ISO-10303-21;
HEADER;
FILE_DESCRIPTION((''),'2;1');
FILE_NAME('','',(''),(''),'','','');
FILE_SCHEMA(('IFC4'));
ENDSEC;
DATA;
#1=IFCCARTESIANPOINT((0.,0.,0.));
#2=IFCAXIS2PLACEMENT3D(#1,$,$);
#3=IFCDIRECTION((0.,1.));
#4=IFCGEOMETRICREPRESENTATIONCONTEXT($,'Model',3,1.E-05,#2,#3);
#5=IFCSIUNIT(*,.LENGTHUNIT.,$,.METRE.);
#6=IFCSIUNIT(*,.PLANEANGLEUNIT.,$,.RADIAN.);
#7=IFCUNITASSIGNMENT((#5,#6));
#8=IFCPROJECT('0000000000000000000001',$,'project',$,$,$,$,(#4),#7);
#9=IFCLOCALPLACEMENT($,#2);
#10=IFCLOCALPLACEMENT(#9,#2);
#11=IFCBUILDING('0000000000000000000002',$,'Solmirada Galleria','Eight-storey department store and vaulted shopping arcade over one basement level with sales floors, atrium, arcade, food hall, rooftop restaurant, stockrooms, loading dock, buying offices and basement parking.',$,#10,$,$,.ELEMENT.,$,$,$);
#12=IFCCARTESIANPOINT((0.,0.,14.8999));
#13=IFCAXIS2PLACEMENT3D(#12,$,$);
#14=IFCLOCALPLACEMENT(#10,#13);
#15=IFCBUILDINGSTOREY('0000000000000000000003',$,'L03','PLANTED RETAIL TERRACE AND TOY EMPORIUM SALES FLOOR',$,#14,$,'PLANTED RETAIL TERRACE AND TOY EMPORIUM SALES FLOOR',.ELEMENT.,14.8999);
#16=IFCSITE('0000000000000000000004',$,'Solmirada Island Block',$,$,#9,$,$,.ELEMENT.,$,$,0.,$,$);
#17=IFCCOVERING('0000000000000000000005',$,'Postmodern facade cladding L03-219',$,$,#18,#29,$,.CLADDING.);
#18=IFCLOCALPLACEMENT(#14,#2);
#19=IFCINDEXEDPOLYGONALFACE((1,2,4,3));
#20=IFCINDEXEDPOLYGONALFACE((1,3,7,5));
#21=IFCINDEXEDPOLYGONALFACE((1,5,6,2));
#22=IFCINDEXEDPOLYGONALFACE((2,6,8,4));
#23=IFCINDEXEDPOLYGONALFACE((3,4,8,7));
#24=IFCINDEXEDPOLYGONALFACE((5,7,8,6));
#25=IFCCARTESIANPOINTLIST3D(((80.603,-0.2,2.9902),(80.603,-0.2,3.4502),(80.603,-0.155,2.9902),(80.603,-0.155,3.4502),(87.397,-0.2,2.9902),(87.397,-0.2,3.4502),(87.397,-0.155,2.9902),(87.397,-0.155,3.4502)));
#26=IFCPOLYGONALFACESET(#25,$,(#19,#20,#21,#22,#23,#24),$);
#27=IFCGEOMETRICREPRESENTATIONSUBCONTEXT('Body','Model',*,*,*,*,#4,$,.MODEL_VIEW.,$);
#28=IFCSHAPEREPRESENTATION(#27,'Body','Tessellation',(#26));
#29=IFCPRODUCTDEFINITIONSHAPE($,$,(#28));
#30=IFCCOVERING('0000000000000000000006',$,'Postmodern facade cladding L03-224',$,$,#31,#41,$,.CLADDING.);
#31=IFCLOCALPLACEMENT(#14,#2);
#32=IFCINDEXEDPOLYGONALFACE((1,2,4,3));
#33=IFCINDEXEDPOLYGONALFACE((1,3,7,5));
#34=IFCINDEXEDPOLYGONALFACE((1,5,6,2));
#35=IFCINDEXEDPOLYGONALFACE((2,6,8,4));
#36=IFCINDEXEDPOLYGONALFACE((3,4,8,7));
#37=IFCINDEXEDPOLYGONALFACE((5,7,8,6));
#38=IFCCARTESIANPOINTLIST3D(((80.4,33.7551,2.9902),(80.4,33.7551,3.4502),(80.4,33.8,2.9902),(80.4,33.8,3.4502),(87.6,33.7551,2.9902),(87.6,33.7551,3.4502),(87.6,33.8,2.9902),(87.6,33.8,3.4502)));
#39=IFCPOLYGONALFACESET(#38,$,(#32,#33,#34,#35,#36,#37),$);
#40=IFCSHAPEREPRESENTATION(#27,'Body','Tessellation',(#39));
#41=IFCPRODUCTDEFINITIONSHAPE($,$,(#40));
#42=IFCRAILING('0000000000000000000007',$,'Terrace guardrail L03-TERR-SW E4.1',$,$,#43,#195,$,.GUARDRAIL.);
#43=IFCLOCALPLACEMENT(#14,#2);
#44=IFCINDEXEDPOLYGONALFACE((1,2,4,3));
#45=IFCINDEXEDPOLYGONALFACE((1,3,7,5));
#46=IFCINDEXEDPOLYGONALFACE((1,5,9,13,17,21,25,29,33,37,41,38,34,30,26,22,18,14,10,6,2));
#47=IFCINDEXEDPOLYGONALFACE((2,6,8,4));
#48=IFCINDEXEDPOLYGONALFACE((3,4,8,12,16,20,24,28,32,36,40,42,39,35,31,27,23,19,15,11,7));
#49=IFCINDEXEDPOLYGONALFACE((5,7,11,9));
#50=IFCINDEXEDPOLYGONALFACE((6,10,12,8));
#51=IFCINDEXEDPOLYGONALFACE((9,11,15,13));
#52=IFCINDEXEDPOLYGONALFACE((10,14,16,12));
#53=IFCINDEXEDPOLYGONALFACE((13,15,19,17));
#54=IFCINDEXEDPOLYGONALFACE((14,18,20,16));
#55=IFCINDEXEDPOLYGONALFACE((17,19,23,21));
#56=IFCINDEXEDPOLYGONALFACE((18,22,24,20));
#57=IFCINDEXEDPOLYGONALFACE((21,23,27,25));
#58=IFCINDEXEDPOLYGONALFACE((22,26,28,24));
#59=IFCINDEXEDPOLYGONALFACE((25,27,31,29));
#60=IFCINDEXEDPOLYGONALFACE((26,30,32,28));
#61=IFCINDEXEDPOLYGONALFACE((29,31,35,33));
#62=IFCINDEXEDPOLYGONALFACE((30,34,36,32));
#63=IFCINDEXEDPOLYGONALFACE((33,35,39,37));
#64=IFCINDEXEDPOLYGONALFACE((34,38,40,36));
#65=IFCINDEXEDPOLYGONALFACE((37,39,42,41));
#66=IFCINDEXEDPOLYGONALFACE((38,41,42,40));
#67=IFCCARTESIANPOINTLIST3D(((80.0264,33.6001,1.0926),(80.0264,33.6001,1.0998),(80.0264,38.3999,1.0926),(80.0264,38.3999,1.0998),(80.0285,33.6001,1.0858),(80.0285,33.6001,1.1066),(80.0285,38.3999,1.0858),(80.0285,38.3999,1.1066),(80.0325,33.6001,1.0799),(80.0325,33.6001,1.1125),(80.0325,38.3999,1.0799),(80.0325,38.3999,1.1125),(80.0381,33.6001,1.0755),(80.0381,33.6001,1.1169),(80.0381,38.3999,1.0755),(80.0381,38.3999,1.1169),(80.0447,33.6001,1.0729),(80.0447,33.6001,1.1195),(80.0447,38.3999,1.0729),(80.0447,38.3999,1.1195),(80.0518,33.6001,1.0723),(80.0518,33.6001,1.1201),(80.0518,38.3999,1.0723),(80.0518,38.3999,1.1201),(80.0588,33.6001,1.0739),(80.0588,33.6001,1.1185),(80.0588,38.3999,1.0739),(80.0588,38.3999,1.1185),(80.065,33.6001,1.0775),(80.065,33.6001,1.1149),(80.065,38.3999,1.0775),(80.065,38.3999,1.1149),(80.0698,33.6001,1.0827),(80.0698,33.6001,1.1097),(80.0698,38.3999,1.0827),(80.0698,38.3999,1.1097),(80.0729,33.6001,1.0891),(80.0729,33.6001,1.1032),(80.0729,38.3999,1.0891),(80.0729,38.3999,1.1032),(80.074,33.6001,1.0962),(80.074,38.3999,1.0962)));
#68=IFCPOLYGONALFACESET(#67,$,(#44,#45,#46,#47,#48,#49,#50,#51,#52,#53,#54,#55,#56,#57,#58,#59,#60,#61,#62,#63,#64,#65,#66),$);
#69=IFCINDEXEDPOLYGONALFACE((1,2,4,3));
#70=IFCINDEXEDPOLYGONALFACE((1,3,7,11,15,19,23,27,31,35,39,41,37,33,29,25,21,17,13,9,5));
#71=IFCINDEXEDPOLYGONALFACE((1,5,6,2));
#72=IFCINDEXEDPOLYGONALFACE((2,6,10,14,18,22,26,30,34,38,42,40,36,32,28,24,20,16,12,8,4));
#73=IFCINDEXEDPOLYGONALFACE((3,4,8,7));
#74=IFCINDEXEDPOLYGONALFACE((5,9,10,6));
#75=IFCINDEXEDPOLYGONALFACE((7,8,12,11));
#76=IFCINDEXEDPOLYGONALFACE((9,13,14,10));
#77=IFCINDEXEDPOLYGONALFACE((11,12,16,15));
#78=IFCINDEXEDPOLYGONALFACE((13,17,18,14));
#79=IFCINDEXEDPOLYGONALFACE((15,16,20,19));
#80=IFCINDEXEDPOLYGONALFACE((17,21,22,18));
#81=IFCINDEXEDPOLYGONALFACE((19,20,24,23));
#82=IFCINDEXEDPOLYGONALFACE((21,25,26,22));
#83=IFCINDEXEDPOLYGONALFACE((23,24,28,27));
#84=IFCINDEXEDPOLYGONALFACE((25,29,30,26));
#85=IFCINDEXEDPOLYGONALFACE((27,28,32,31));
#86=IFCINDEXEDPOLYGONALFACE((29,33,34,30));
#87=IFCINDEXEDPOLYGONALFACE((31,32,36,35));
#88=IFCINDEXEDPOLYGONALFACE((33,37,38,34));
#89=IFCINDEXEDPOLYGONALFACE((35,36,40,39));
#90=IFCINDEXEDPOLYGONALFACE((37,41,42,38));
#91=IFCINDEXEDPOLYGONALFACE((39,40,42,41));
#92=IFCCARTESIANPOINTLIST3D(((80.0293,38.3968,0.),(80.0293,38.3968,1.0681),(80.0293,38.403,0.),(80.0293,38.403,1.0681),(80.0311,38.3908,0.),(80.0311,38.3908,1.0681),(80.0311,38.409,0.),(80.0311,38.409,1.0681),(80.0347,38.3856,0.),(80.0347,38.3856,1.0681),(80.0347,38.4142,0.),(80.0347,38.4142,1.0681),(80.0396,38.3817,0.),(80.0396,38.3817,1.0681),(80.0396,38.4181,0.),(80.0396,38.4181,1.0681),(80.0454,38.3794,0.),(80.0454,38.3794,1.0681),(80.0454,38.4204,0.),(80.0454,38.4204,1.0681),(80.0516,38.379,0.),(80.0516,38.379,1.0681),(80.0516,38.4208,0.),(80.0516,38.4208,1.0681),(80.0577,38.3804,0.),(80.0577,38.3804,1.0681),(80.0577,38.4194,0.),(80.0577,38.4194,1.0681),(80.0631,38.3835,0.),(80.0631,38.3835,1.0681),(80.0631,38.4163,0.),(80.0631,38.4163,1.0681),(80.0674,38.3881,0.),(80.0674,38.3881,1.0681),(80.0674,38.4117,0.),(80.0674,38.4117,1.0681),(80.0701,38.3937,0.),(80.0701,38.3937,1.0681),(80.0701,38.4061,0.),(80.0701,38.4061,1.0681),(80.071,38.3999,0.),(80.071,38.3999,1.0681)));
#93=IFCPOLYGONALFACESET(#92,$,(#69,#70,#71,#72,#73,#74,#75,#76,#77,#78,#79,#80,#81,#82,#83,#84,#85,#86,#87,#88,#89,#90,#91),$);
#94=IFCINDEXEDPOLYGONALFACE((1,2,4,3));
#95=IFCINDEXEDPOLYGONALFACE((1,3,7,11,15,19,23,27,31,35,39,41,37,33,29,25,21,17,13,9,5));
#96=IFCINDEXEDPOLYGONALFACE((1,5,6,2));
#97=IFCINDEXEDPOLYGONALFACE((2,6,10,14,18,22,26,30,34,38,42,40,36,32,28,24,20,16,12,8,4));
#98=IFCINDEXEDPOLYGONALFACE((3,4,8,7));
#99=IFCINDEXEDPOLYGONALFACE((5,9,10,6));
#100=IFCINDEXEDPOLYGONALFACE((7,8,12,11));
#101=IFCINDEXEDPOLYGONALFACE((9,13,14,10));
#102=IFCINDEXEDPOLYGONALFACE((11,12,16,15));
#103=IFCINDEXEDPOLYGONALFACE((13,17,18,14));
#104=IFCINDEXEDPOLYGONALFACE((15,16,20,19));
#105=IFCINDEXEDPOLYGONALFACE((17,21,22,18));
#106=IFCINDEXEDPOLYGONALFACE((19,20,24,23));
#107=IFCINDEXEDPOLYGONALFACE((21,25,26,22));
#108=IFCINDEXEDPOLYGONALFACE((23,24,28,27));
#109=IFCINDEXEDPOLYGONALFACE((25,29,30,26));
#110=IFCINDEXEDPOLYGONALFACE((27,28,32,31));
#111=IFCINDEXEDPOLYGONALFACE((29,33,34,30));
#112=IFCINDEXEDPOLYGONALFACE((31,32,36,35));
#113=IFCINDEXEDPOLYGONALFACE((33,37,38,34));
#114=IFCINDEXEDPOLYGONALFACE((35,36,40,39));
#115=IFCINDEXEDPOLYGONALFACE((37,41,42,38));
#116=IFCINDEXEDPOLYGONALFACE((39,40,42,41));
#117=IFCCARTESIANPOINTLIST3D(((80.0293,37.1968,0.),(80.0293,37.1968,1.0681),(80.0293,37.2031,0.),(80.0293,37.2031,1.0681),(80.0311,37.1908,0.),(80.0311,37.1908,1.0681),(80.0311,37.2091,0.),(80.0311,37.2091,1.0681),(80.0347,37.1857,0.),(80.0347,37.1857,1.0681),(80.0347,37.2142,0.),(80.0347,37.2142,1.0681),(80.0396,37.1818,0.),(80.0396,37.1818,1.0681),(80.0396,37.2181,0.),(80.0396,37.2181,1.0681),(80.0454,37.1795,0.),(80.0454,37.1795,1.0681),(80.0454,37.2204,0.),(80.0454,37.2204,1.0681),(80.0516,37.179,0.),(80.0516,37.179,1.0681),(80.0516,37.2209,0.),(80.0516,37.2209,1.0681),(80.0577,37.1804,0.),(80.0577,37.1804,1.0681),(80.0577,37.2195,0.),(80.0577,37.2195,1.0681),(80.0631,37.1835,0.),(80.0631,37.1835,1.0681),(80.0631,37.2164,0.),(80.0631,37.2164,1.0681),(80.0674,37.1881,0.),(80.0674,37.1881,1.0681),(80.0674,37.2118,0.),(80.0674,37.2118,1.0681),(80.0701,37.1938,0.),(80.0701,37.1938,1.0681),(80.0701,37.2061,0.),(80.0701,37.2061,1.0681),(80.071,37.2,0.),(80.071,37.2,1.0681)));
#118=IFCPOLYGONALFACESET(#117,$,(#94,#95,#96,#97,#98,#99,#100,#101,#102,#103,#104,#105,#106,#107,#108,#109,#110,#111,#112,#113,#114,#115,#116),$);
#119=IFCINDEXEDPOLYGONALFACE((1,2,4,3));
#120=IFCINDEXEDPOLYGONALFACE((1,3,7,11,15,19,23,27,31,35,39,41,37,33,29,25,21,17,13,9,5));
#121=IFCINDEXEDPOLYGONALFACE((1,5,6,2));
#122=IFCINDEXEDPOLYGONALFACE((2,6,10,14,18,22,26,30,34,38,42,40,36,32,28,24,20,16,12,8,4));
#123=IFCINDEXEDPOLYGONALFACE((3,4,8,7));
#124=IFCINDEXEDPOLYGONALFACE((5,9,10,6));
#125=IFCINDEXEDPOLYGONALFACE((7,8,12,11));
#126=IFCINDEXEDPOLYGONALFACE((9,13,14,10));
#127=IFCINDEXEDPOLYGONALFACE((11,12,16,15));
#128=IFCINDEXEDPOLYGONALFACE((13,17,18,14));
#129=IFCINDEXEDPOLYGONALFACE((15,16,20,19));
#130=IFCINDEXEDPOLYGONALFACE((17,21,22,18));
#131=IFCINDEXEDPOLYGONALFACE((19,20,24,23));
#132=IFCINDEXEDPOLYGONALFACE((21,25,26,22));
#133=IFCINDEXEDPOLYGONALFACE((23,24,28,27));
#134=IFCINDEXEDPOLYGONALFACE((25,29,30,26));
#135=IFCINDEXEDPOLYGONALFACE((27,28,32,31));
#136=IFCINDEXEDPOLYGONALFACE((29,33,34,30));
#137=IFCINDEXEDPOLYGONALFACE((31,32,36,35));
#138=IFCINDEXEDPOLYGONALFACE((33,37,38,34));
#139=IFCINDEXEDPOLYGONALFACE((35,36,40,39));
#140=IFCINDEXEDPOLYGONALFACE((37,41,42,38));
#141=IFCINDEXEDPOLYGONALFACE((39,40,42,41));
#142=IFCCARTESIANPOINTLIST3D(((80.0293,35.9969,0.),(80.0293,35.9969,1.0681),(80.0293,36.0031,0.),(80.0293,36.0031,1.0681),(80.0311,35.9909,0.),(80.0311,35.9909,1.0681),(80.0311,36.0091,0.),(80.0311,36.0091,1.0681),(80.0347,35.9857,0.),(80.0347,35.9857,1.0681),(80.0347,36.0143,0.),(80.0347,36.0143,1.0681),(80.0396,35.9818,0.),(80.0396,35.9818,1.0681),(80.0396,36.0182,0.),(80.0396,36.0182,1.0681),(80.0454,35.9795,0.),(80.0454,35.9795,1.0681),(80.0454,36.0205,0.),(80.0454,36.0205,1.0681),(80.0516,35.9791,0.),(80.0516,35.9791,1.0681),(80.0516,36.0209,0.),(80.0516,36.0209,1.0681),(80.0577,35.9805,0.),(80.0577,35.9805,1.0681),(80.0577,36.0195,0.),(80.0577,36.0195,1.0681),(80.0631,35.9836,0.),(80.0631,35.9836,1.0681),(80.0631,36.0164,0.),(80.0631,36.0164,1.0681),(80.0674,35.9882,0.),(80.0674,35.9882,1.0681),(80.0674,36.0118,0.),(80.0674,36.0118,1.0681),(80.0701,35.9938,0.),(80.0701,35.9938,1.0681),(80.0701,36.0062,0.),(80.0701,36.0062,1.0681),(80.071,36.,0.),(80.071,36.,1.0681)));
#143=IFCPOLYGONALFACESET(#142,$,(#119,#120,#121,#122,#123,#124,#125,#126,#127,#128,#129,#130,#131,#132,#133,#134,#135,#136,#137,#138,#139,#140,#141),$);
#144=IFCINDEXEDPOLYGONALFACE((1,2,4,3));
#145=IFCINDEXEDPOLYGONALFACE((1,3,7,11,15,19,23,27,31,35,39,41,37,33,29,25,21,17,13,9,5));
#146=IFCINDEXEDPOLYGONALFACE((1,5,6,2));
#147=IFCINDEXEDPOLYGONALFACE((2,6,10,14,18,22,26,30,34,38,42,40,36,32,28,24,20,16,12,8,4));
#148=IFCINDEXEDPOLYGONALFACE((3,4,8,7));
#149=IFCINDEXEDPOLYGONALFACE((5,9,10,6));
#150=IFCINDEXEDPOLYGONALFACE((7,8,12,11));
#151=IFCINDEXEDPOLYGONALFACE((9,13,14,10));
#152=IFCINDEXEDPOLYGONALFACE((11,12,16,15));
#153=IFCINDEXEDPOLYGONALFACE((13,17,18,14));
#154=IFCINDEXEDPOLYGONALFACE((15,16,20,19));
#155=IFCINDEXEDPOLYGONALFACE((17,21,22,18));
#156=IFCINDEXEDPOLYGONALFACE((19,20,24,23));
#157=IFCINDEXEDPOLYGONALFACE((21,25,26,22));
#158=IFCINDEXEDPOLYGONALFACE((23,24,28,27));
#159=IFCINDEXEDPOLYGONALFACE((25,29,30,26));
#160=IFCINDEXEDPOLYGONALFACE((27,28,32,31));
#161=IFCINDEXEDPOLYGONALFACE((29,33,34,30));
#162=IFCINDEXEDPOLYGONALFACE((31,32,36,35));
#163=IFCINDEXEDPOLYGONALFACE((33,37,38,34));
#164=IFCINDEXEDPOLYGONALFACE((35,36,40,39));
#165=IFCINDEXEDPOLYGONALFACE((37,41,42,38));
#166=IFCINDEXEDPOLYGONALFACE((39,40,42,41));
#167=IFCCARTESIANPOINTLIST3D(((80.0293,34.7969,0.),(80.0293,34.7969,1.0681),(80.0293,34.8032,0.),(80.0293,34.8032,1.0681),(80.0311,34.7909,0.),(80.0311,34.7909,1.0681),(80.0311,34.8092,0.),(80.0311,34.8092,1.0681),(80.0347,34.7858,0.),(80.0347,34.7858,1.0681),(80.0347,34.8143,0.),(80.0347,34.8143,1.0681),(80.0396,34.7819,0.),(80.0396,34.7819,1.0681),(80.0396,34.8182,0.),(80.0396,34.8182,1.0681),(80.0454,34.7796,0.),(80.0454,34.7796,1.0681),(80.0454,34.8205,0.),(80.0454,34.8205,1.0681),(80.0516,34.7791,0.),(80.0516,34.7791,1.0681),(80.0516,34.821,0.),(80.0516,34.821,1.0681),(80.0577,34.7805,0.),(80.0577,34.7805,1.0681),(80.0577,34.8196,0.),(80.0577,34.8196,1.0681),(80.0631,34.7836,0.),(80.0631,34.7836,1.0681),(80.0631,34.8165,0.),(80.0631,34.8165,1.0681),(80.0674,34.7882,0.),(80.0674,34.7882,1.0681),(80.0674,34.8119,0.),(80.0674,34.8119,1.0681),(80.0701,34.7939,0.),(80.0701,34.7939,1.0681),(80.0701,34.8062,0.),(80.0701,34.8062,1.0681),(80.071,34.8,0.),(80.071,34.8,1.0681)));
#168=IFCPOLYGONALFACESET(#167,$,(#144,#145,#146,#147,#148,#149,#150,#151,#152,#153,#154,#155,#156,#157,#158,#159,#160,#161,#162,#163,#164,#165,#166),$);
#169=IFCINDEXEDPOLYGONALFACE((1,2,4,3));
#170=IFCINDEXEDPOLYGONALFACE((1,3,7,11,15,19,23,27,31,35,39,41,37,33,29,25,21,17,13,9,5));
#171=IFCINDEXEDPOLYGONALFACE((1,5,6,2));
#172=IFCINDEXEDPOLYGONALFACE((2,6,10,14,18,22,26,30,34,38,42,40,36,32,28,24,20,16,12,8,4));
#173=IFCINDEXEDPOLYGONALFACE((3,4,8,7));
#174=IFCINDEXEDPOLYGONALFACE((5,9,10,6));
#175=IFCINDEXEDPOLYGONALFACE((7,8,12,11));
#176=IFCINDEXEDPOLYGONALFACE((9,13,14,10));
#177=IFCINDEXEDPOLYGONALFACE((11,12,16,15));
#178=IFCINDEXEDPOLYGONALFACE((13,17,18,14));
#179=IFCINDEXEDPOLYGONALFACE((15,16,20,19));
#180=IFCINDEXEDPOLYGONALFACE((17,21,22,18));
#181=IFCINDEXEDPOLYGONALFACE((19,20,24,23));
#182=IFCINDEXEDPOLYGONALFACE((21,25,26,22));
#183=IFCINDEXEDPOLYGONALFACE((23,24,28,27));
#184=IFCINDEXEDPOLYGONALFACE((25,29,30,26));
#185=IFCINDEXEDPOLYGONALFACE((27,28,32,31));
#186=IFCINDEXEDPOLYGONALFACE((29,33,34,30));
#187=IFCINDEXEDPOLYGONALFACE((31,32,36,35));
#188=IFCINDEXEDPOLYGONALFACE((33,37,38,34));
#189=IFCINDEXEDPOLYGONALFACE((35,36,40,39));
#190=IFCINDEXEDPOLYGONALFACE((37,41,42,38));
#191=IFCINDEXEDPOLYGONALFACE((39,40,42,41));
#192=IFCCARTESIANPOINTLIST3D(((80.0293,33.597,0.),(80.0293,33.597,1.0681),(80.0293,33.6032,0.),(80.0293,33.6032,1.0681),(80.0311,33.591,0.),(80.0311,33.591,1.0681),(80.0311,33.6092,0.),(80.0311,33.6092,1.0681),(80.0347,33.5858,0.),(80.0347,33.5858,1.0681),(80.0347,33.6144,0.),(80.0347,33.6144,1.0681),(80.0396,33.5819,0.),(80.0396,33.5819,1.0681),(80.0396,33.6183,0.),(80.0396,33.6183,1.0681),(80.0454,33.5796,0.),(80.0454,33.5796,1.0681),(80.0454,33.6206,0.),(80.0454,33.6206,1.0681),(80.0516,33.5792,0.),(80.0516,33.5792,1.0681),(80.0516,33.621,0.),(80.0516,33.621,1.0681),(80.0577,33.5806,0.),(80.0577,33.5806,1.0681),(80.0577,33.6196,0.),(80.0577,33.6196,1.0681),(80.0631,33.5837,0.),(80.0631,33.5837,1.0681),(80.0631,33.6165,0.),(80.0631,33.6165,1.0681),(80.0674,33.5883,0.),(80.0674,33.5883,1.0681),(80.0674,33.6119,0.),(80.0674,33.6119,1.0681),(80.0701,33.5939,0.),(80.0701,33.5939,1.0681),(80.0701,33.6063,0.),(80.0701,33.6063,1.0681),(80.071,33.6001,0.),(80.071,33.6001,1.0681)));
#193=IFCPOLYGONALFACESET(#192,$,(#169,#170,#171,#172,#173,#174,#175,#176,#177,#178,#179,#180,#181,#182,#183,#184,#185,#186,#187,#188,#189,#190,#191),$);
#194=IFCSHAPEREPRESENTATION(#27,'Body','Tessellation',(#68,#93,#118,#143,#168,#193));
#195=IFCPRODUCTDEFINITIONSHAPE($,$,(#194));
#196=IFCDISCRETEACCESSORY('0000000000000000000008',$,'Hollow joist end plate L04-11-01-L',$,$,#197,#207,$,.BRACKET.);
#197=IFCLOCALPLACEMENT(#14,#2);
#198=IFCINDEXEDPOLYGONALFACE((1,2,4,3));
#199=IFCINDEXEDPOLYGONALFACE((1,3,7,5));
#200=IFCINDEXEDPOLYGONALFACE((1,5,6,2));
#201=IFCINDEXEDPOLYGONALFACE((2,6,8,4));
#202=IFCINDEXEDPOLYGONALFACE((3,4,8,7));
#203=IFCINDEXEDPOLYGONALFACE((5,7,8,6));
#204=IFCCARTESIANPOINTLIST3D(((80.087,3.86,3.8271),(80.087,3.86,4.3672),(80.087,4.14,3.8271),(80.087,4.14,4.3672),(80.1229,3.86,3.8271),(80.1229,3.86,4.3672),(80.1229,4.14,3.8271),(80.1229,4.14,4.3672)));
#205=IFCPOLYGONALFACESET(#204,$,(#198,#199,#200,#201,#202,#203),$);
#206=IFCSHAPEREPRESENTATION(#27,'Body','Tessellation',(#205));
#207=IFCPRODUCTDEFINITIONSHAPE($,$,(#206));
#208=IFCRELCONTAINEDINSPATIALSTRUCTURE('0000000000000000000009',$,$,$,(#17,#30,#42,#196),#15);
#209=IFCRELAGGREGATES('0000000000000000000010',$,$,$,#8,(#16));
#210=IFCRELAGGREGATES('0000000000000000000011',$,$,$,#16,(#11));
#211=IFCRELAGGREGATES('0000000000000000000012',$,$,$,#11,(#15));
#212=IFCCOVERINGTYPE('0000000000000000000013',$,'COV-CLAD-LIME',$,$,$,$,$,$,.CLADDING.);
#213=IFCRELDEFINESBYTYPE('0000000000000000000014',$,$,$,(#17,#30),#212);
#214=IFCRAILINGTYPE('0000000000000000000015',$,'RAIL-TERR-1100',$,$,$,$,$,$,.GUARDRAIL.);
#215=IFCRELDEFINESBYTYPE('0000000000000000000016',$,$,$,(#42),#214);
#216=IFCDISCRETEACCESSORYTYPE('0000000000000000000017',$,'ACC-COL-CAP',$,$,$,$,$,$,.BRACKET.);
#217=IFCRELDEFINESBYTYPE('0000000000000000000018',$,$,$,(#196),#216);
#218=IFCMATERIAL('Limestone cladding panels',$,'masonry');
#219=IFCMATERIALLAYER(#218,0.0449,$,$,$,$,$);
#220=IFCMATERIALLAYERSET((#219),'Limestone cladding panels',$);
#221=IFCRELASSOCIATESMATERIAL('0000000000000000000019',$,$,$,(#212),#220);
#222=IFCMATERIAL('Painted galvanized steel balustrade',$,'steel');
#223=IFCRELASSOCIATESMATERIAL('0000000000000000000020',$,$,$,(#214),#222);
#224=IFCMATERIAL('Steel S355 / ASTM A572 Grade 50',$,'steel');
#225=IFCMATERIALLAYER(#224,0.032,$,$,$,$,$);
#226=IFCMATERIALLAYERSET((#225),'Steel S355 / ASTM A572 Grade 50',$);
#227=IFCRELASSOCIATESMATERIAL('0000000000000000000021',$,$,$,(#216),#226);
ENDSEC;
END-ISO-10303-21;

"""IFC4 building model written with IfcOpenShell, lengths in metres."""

from ifc_helpers import new_model, si_unit, direction, frame, origin, origin_2d, place, context, subcontext, project, spatial, rectangle, circle, extrude, material, layer, layer_set, type_object, element, save


model = new_model("IFC4")

# Units and contexts
model_context = context("Model", 3, precision=1e-05, world=origin(), true_north=direction((0.0, 1.0)))
body_context = subcontext(model_context, "Body", "Model", "MODEL_VIEW")
ifc_project = project(units=[si_unit("LENGTHUNIT", "METRE"), si_unit("PLANEANGLEUNIT", "RADIAN")], contexts=[model_context])

# Site, building, storey
site_placement = place(None, origin())
site = spatial("IfcSite", under=ifc_project, at=site_placement, Name="Solmirada Island Block", CompositionType="ELEMENT", RefElevation=0.0)
building_placement = place(site_placement, origin())
building = spatial("IfcBuilding", under=site, at=building_placement, Name="Solmirada Galleria", Description="Eight-storey department store and vaulted shopping arcade over one basement level with sales floors, atrium, arcade, food hall, rooftop restaurant, stockrooms, loading dock, buying offices and basement parking.", CompositionType="ELEMENT")
storey_placement = place(building_placement, frame((0.0, 0.0, 14.8999)))
storey = spatial("IfcBuildingStorey", under=building, at=storey_placement, Name="L03", Description="PLANTED RETAIL TERRACE AND TOY EMPORIUM SALES FLOOR", LongName="PLANTED RETAIL TERRACE AND TOY EMPORIUM SALES FLOOR", CompositionType="ELEMENT", Elevation=14.8999)

# Coverings
ifc_material_1 = material(Name="Limestone cladding panels", Category="masonry")
ifc_layer_1 = layer(ifc_material_1, 0.0449)
ifc_layer_set_1 = layer_set([ifc_layer_1], Name="Limestone cladding panels")
covering_type = type_object("IfcCoveringType", Name="COV-CLAD-LIME", PredefinedType="CLADDING", material=ifc_layer_set_1)
covering_1_placement = place(storey_placement, frame((84.0, -0.1775, 2.9902), z_axis=(0.0, 0.0, 1.0), x_axis=(-1.0, 0.0, 0.0)))
element("IfcCovering", 1, at=covering_1_placement, inside=storey, type_object=covering_type, Name="Postmodern facade cladding L03-219", PredefinedType="CLADDING", context=body_context, shape_type="SweptSolid", body=[
    extrude(rectangle(XDim=6.7939, YDim=0.0449, at=origin_2d()), origin(), (0.0, 0.0, 1.0), 0.46),
])
covering_2_placement = place(storey_placement, frame((84.0, 33.7776, 2.9902), z_axis=(0.0, 0.0, 1.0), x_axis=(1.0, 0.0, 0.0)))
element("IfcCovering", 2, at=covering_2_placement, inside=storey, type_object=covering_type, Name="Postmodern facade cladding L03-224", PredefinedType="CLADDING", context=body_context, shape_type="SweptSolid", body=[
    extrude(rectangle(XDim=7.2, YDim=0.0449, at=origin_2d()), origin(), (0.0, 0.0, 1.0), 0.46),
])

# Railing
ifc_material_2 = material(Name="Painted galvanized steel balustrade", Category="steel")
railing_type = type_object("IfcRailingType", Name="RAIL-TERR-1100", PredefinedType="GUARDRAIL", material=ifc_material_2)
railing_placement = place(storey_placement, frame((80.05, 38.3999, 0.0)))
element("IfcRailing", 3, at=railing_placement, inside=storey, type_object=railing_type, Name="Terrace guardrail L03-TERR-SW E4.1", PredefinedType="GUARDRAIL", context=body_context, shape_type="SweptSolid", body=[
    extrude(circle(Radius=0.0239, at=origin_2d()), frame((0.0, 0.0, 1.0962), z_axis=(0.0, -1.0, 0.0), x_axis=(1.0, 0.0, 0.0)), (0.0, 0.0, 1.0), 4.7998),
    extrude(circle(Radius=0.021, at=origin_2d()), origin(), (0.0, 0.0, 1.0), 1.0681),
    extrude(circle(Radius=0.021, at=origin_2d()), frame((0.0, -1.2, 0.0)), (0.0, 0.0, 1.0), 1.0681),
    extrude(circle(Radius=0.021, at=origin_2d()), frame((0.0, -2.3999, 0.0)), (0.0, 0.0, 1.0), 1.0681),
    extrude(circle(Radius=0.021, at=origin_2d()), frame((0.0, -3.5999, 0.0)), (0.0, 0.0, 1.0), 1.0681),
    extrude(circle(Radius=0.021, at=origin_2d()), frame((0.0, -4.7998, 0.0)), (0.0, 0.0, 1.0), 1.0681),
])

# Discrete accessory
ifc_material_3 = material(Name="Steel S355 / ASTM A572 Grade 50", Category="steel")
ifc_layer_2 = layer(ifc_material_3, 0.032)
ifc_layer_set_2 = layer_set([ifc_layer_2], Name="Steel S355 / ASTM A572 Grade 50")
discrete_accessory_type = type_object("IfcDiscreteAccessoryType", Name="ACC-COL-CAP", PredefinedType="BRACKET", material=ifc_layer_set_2)
for number, where, z_axis, x_axis, name in (
    (4, (80.105, 4.0, 3.8271), (0.0, 0.0, 1.0), (1.0, 0.0, 0.0), "Hollow joist end plate L04-11-01-L"),
):
    element("IfcDiscreteAccessory", number, at=place(storey_placement, frame(where, z_axis=z_axis, x_axis=x_axis)), inside=storey, type_object=discrete_accessory_type, Name=name, PredefinedType="BRACKET", context=body_context, shape_type="SweptSolid", body=[
        extrude(rectangle(XDim=0.0359, YDim=0.28, at=origin_2d()), origin(), (0.0, 0.0, 1.0), 0.54),
    ])

save(model, "model.ifc")
